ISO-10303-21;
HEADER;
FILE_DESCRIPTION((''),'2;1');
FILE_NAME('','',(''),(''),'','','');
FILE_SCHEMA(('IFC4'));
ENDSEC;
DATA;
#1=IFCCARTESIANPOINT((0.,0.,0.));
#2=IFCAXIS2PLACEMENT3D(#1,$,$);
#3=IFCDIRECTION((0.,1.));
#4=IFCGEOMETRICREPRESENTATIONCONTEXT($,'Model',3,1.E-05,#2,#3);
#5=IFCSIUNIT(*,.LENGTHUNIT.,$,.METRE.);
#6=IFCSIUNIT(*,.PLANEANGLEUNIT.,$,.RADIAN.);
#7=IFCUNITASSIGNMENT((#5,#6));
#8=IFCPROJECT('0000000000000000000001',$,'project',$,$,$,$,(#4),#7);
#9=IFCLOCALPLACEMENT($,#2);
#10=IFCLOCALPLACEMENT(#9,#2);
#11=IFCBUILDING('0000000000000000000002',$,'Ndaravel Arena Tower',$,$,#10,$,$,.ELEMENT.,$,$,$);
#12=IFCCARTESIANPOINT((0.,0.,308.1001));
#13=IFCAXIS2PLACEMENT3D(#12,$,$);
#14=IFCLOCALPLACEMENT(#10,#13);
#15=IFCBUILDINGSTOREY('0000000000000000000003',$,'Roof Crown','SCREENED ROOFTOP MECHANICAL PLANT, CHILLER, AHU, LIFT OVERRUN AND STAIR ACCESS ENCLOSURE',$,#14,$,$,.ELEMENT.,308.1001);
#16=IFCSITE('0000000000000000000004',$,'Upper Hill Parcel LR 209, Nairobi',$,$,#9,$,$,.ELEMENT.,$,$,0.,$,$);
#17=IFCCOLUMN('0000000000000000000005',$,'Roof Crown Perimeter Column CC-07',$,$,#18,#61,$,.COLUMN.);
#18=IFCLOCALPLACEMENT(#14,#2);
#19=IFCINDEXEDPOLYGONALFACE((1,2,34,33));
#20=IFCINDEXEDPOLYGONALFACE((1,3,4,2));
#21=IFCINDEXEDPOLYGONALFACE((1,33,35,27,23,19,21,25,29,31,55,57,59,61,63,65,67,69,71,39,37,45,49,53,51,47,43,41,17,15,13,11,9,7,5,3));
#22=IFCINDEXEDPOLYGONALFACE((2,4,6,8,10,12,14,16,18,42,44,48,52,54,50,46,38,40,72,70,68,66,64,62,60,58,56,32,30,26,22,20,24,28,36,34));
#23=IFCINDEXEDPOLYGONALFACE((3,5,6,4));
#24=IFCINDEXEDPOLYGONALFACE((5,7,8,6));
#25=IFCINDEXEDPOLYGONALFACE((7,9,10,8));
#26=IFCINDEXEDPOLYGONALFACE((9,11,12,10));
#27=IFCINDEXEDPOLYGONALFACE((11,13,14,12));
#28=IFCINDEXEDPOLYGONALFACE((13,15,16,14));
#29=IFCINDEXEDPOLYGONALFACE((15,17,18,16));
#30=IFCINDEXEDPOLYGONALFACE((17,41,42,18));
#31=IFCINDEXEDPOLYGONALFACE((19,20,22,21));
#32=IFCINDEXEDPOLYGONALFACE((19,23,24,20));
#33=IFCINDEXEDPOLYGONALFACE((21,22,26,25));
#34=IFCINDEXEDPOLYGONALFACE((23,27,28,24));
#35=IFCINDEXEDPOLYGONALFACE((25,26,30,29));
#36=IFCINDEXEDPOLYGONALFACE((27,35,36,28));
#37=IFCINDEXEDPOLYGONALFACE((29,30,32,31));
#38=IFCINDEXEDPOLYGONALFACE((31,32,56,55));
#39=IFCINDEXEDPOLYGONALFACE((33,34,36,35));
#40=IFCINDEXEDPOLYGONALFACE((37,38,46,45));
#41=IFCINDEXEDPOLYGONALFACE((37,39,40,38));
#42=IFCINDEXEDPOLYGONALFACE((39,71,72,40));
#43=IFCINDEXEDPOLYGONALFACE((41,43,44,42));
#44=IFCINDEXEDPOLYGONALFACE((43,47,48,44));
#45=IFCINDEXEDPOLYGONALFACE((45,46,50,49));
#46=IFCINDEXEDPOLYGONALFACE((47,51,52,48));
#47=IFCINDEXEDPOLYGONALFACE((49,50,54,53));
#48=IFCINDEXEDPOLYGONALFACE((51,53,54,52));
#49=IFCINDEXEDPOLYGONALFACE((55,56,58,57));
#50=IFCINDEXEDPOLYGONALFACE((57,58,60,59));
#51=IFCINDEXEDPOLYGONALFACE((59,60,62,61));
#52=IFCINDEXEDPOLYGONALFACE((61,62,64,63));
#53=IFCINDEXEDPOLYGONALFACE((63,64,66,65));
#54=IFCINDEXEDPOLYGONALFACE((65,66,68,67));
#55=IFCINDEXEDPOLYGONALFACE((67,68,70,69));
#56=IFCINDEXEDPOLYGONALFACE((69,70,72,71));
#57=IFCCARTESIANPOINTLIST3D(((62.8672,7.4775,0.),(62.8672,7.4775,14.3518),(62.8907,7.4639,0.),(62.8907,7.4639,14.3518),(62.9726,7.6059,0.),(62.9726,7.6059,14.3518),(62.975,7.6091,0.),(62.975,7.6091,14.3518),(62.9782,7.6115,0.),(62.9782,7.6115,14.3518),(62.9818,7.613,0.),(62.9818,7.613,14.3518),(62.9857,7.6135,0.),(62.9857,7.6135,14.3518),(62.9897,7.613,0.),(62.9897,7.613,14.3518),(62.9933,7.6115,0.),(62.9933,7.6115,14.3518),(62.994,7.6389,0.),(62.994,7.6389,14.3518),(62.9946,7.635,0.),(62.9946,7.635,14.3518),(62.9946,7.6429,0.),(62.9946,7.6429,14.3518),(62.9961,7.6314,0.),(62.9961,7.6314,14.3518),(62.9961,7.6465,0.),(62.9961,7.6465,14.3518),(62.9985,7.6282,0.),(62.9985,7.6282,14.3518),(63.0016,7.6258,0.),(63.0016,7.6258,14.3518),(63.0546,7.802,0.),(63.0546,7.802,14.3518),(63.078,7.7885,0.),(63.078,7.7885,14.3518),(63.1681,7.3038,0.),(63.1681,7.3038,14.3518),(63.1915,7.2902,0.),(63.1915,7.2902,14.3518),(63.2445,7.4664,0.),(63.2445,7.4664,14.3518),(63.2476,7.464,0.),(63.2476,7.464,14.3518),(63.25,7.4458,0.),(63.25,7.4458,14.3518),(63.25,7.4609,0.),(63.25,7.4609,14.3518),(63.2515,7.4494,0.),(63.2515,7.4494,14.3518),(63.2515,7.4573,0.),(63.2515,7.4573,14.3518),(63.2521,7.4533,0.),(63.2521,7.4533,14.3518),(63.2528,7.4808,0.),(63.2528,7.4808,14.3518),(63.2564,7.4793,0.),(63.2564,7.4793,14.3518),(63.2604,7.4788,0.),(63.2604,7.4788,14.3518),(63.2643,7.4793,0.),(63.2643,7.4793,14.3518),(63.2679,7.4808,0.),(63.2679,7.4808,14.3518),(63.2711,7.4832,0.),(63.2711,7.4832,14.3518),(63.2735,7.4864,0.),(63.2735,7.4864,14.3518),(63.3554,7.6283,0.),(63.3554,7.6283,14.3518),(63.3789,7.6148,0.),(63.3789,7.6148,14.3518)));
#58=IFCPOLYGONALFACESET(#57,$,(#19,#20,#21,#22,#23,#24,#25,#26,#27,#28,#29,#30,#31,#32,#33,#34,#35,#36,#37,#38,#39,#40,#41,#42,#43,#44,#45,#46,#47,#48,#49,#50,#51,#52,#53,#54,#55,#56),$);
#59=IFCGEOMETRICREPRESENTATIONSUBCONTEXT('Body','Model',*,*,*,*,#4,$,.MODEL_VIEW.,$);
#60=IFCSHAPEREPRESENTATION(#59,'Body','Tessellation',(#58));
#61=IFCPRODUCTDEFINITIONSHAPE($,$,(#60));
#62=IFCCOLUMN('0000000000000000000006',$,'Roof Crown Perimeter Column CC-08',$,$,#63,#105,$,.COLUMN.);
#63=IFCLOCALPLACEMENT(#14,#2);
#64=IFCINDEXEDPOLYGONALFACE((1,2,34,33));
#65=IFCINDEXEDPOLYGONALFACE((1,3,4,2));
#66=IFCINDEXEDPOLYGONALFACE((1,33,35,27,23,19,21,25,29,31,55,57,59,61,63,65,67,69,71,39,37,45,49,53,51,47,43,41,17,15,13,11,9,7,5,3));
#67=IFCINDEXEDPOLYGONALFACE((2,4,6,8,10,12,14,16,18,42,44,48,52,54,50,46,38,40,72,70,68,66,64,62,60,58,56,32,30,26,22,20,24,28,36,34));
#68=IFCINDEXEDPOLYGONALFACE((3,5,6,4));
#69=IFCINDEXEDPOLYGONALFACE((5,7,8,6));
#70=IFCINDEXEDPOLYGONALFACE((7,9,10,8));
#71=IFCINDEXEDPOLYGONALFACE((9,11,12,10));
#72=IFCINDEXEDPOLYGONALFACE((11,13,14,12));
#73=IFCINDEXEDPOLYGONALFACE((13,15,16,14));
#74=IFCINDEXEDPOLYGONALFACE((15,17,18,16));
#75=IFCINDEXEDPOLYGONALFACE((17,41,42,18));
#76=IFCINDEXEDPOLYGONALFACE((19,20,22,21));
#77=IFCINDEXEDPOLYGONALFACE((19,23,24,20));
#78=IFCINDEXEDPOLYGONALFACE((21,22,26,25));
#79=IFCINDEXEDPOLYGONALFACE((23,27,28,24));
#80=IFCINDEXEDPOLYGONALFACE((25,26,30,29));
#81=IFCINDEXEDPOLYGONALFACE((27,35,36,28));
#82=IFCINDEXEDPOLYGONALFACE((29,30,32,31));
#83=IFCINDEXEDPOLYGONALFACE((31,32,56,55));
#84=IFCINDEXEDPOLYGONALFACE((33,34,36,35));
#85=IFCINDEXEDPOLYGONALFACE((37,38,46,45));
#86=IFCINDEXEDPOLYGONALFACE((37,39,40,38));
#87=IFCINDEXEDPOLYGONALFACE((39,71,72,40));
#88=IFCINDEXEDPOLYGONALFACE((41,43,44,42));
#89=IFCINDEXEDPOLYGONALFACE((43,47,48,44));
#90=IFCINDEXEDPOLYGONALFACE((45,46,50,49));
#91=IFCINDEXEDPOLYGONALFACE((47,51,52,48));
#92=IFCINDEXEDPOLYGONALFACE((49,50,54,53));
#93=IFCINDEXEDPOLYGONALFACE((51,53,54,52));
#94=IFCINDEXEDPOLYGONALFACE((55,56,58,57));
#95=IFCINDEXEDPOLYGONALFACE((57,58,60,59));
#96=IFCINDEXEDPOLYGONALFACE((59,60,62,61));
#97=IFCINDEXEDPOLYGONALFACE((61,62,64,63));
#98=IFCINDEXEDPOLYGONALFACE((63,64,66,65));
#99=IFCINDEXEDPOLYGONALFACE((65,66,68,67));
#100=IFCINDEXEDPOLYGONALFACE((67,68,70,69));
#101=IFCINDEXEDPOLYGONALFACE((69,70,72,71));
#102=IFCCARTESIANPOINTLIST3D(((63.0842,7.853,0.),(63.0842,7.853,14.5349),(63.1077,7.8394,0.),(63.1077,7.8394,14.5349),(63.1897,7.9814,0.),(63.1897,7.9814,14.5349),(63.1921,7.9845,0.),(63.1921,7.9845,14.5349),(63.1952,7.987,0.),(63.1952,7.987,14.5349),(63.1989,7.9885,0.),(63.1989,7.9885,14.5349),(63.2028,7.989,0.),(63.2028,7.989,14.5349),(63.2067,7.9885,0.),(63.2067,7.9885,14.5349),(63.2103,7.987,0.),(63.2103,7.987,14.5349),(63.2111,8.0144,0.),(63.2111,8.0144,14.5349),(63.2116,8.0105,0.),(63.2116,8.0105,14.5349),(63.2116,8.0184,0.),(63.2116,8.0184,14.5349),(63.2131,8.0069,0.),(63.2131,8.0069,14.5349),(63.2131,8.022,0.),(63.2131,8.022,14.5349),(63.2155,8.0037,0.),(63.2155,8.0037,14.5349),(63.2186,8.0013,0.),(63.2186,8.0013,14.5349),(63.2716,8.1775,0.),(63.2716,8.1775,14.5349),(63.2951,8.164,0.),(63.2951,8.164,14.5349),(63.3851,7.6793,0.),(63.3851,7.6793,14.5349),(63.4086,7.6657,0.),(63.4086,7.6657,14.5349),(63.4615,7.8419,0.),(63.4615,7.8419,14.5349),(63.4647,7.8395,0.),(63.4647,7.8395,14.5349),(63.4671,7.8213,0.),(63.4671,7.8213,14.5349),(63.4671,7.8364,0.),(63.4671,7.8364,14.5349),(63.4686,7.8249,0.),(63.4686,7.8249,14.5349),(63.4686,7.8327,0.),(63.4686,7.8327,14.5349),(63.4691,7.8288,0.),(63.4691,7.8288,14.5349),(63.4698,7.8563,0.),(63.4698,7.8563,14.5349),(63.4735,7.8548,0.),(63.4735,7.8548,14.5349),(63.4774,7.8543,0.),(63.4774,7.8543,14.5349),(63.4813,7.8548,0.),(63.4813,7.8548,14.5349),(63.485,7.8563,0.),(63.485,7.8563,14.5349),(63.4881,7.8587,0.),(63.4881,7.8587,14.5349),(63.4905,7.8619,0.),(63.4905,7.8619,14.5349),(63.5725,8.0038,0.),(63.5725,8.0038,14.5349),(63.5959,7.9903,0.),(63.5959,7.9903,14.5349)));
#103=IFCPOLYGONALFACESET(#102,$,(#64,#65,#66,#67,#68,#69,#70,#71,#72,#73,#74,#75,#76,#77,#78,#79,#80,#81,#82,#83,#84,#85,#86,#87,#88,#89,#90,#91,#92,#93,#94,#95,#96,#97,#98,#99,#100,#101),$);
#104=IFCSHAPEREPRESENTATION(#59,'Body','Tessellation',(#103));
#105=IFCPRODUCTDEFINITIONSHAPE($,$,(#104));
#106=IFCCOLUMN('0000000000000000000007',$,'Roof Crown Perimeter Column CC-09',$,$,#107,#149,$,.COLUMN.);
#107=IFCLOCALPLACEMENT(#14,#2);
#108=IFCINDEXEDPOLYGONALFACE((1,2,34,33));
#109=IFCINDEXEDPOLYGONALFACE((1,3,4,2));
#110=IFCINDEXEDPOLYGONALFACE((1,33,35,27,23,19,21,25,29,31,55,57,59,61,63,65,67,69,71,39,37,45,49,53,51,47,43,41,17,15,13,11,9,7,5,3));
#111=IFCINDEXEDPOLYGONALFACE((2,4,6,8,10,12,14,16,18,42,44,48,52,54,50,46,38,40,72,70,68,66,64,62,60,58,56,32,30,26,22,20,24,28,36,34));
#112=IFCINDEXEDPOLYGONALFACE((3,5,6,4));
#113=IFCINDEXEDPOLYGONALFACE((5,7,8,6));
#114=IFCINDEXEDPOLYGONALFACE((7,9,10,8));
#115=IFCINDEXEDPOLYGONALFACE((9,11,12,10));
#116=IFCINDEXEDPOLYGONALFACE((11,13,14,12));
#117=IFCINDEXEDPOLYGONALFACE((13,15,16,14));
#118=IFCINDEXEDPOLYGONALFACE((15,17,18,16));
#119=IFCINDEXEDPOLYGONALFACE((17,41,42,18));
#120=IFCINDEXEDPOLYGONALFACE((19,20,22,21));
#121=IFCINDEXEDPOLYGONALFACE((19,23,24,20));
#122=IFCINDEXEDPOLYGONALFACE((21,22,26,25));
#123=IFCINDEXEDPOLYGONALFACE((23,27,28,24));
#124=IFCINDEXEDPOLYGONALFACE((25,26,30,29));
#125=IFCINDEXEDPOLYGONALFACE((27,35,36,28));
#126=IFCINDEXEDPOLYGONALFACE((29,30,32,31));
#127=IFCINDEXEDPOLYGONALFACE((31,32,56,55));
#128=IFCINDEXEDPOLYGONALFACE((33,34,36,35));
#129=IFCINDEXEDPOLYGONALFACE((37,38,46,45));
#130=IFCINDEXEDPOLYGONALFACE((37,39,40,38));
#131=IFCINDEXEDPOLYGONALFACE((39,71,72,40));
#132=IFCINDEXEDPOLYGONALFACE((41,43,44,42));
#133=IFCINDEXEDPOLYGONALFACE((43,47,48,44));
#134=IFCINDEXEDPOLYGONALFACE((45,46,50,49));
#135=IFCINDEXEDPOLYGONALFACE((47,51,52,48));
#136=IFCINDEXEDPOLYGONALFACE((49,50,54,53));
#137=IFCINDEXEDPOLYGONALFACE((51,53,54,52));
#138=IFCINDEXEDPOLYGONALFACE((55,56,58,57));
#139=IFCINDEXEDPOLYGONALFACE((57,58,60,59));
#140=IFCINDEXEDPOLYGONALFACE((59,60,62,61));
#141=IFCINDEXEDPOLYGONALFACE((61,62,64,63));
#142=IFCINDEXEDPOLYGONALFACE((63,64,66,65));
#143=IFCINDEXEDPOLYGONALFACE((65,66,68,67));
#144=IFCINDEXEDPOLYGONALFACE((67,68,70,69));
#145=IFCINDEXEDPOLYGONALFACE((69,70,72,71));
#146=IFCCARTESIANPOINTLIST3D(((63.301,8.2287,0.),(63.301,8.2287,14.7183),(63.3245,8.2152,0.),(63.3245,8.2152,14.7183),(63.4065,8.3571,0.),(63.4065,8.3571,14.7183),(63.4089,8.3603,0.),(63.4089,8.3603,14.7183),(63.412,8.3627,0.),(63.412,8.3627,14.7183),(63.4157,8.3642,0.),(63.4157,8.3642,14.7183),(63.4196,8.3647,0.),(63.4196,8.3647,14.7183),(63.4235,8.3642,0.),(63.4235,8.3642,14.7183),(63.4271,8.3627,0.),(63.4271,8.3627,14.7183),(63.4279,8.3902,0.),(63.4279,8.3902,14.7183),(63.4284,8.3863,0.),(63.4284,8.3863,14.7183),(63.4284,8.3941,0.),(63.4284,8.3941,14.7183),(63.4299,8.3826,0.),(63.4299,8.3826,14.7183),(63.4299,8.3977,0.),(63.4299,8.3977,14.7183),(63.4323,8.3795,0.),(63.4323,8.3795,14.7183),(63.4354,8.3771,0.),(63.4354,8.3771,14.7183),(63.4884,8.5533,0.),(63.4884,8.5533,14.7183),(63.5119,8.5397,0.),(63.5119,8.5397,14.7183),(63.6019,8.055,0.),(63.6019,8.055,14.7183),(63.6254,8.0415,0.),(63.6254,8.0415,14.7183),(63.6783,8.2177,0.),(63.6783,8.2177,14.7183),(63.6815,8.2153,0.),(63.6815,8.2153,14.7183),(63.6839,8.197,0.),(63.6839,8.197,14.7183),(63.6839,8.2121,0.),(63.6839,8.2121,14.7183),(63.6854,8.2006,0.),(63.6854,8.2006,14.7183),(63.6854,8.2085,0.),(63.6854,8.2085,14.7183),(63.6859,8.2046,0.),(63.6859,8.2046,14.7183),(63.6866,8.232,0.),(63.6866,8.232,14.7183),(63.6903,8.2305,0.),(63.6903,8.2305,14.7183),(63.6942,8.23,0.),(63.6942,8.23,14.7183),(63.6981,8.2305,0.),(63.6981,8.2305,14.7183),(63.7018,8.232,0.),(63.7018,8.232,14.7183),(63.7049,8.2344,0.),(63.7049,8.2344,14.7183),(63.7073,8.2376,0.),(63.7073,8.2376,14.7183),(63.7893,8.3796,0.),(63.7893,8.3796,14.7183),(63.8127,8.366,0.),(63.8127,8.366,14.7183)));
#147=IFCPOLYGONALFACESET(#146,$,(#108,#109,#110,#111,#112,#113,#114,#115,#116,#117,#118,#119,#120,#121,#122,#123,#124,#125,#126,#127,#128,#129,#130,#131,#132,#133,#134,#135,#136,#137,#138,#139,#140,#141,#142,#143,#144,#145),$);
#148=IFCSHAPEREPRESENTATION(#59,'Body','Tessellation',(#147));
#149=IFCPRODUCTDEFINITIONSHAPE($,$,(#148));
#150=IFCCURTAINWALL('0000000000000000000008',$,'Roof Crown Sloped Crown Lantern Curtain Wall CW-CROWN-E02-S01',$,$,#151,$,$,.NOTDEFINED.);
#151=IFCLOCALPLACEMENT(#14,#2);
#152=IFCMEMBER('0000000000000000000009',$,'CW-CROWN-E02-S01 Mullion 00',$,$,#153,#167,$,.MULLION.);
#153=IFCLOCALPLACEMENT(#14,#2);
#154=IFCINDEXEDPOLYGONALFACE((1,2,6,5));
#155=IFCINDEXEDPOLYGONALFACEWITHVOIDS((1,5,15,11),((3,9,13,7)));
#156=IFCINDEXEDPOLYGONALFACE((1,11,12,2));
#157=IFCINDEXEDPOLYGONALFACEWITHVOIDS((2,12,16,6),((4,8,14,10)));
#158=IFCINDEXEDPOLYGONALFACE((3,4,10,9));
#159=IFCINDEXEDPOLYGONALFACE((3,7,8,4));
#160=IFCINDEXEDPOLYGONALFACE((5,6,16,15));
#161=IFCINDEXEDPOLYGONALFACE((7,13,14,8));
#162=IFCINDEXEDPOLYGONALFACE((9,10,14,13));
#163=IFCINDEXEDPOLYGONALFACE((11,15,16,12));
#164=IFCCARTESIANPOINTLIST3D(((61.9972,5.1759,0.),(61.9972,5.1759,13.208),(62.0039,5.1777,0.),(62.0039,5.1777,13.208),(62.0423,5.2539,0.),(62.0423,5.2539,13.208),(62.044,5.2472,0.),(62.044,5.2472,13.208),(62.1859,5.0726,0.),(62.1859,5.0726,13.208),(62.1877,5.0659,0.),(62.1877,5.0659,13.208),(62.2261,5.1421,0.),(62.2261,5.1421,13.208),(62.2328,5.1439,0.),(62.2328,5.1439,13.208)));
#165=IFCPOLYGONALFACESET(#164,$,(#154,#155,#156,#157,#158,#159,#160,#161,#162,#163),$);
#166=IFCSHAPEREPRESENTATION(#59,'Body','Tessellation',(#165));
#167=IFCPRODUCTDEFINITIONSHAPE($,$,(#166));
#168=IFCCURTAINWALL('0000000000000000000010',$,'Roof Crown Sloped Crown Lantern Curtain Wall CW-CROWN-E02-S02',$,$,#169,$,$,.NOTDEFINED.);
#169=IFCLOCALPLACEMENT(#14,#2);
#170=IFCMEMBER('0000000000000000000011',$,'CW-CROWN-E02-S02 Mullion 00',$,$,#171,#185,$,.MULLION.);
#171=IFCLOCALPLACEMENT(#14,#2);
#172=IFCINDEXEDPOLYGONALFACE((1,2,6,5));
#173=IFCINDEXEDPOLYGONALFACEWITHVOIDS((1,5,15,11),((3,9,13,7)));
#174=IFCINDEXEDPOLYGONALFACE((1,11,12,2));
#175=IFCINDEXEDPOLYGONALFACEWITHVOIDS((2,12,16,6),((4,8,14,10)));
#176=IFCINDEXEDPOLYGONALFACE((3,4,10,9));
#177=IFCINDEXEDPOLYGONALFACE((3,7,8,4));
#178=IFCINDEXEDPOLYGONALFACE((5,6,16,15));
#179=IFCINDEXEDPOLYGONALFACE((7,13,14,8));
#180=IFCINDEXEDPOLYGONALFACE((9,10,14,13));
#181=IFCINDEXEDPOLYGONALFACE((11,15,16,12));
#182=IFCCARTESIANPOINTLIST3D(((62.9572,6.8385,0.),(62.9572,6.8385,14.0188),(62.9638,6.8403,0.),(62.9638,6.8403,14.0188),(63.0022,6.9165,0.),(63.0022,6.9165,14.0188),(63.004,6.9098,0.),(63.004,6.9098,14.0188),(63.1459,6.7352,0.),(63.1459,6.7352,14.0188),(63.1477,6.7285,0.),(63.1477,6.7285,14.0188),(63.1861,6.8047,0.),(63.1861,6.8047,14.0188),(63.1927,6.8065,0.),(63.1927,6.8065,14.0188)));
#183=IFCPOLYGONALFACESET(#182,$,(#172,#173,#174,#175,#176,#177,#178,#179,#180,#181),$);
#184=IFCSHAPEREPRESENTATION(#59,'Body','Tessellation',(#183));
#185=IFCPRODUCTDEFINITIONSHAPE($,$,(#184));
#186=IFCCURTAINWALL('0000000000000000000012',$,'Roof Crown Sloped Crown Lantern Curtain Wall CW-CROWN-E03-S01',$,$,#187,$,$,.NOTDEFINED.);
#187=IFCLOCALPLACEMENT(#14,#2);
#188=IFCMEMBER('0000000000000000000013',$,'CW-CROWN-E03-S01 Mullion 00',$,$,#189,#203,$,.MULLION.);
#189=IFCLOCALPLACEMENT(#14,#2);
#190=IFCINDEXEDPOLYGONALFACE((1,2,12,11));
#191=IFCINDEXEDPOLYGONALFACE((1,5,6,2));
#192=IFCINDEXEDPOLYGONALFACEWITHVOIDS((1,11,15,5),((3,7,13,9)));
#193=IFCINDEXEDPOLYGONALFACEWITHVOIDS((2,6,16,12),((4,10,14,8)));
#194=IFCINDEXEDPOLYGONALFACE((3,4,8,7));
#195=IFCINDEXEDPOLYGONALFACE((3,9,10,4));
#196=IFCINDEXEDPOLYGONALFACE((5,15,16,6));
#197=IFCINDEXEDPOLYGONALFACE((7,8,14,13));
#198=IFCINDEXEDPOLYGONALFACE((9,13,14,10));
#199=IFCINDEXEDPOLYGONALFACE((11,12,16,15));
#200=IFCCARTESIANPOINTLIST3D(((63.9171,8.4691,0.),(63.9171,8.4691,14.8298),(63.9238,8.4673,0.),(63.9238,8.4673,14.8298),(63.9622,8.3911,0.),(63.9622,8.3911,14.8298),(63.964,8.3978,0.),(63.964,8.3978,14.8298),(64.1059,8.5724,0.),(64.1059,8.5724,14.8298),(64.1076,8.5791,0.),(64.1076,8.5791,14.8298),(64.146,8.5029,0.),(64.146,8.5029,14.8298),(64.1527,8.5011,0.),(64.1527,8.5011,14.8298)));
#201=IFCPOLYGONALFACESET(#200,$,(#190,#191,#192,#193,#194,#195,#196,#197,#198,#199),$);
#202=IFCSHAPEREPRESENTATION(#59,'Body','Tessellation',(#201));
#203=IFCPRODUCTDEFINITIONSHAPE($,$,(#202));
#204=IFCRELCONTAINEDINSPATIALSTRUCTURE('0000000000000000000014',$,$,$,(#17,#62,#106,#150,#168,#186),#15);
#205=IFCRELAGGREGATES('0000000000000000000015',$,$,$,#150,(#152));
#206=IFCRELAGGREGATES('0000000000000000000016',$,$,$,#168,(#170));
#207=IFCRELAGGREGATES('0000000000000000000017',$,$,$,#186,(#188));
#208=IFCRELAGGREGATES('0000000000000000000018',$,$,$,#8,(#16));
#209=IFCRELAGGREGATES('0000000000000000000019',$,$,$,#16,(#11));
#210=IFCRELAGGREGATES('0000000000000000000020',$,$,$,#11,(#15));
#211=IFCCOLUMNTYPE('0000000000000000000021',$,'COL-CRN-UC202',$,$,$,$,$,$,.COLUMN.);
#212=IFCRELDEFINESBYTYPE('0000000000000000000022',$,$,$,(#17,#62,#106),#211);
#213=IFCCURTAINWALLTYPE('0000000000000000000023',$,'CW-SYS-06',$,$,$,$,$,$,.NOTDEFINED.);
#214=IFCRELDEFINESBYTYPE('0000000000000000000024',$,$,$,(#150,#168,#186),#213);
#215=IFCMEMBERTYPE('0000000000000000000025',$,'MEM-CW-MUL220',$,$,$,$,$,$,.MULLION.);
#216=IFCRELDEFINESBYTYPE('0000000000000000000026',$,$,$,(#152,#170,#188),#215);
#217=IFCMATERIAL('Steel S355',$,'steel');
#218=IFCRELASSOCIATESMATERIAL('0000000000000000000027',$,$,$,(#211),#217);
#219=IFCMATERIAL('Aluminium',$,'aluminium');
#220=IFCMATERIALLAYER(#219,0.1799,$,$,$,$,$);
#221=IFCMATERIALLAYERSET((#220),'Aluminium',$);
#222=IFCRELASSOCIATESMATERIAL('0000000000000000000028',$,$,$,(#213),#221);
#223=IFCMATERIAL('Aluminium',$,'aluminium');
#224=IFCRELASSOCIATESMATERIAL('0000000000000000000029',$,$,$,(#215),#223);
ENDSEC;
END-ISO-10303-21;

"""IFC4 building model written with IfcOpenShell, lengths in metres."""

from ifc_helpers import new_model, si_unit, direction, frame, origin, origin_2d, place, context, subcontext, project, spatial, hollow_rectangle, i_section, extrude, material, layer, layer_set, material_profile, profile_set, type_object, element, aggregate, save


model = new_model("IFC4")

# Units and contexts
model_context = context("Model", 3, precision=1e-05, world=origin(), true_north=direction((0.0, 1.0)))
body_context = subcontext(model_context, "Body", "Model", "MODEL_VIEW")
ifc_project = project(units=[si_unit("LENGTHUNIT", "METRE"), si_unit("PLANEANGLEUNIT", "RADIAN")], contexts=[model_context])

# Site, building, storey
site_placement = place(None, origin())
site = spatial("IfcSite", under=ifc_project, at=site_placement, Name="Upper Hill Parcel LR 209, Nairobi", CompositionType="ELEMENT", RefElevation=0.0)
building_placement = place(site_placement, origin())
building = spatial("IfcBuilding", under=site, at=building_placement, Name="Ndaravel Arena Tower", CompositionType="ELEMENT")
storey_placement = place(building_placement, frame((0.0, 0.0, 308.1001)))
storey = spatial("IfcBuildingStorey", under=building, at=storey_placement, Name="Roof Crown", Description="SCREENED ROOFTOP MECHANICAL PLANT, CHILLER, AHU, LIFT OVERRUN AND STAIR ACCESS ENCLOSURE", CompositionType="ELEMENT", Elevation=308.1001)

# Columns
ifc_material_1 = material(Name="Steel S355", Category="steel")
ifc_material_profile_1 = material_profile(ifc_material_1, i_section(OverallWidth=0.3748, OverallDepth=0.3745, WebThickness=0.0166, FlangeThickness=0.0271, FilletRadius=0.0151, at=origin_2d()), Name="UC 356x368x202")
ifc_profile_set_1 = profile_set([ifc_material_profile_1], Name="Steel S355")
column_type = type_object("IfcColumnType", Name="COL-CRN-UC202", PredefinedType="COLUMN", material=ifc_profile_set_1)
column_1_placement = place(storey_placement, frame((63.123, 7.5461, 0.0), z_axis=(0.0, 0.0, 1.0), x_axis=(0.5, 0.866025, 0.0)))
element("IfcColumn", 1, at=column_1_placement, inside=storey, type_object=column_type, Name="Roof Crown Perimeter Column CC-07", PredefinedType="COLUMN", context=body_context, shape_type="SweptSolid", body=[
    extrude(i_section(OverallWidth=0.3748, OverallDepth=0.3745, WebThickness=0.0166, FlangeThickness=0.0271, FilletRadius=0.0151, at=origin_2d()), origin(), (0.0, 0.0, 1.0), 14.3518),
])
column_2_placement = place(storey_placement, frame((63.3401, 7.9216, 0.0), z_axis=(0.0, 0.0, 1.0), x_axis=(0.5, 0.866025, 0.0)))
element("IfcColumn", 2, at=column_2_placement, inside=storey, type_object=column_type, Name="Roof Crown Perimeter Column CC-08", PredefinedType="COLUMN", context=body_context, shape_type="SweptSolid", body=[
    extrude(i_section(OverallWidth=0.3748, OverallDepth=0.3745, WebThickness=0.0166, FlangeThickness=0.0271, FilletRadius=0.0151, at=origin_2d()), origin(), (0.0, 0.0, 1.0), 14.5349),
])
column_3_placement = place(storey_placement, frame((63.5569, 8.2974, 0.0), z_axis=(0.0, 0.0, 1.0), x_axis=(0.5, 0.866025, 0.0)))
element("IfcColumn", 3, at=column_3_placement, inside=storey, type_object=column_type, Name="Roof Crown Perimeter Column CC-09", PredefinedType="COLUMN", context=body_context, shape_type="SweptSolid", body=[
    extrude(i_section(OverallWidth=0.3748, OverallDepth=0.3745, WebThickness=0.0166, FlangeThickness=0.0271, FilletRadius=0.0151, at=origin_2d()), origin(), (0.0, 0.0, 1.0), 14.7183),
])

# Curtain walls, members
ifc_material_2 = material(Name="Aluminium", Category="aluminium")
ifc_layer_1 = layer(ifc_material_2, 0.1799)
ifc_layer_set_1 = layer_set([ifc_layer_1], Name="Aluminium")
curtain_wall_type = type_object("IfcCurtainWallType", Name="CW-SYS-06", PredefinedType="NOTDEFINED", material=ifc_layer_set_1)
curtain_wall_1_placement = place(storey_placement, origin())
curtain_wall_1 = element("IfcCurtainWall", 4, at=curtain_wall_1_placement, inside=storey, type_object=curtain_wall_type, Name="Roof Crown Sloped Crown Lantern Curtain Wall CW-CROWN-E02-S01", PredefinedType="NOTDEFINED")
ifc_material_3 = material(Name="Aluminium", Category="aluminium")
ifc_material_profile_2 = material_profile(ifc_material_3, hollow_rectangle(XDim=0.0901, YDim=0.22, WallThickness=0.0049, at=origin_2d()), Name="CW MULLION 90x220x5")
ifc_profile_set_2 = profile_set([ifc_material_profile_2], Name="Aluminium")
member_type_1 = type_object("IfcMemberType", Name="MEM-CW-MUL220", PredefinedType="MULLION", material=ifc_profile_set_2)
member_1_placement = place(storey_placement, frame((62.115, 5.1599, 0.0), z_axis=(0.0, 0.0, 1.0), x_axis=(0.5, 0.866025, 0.0)))
member_1 = element("IfcMember", 5, at=member_1_placement, type_object=member_type_1, Name="CW-CROWN-E02-S01 Mullion 00", PredefinedType="MULLION", context=body_context, shape_type="SweptSolid", body=[
    extrude(hollow_rectangle(XDim=0.0901, YDim=0.22, WallThickness=0.0049, at=origin_2d()), origin(), (0.0, 0.0, 1.0), 13.208),
])
curtain_wall_2_placement = place(storey_placement, origin())
curtain_wall_2 = element("IfcCurtainWall", 6, at=curtain_wall_2_placement, inside=storey, type_object=curtain_wall_type, Name="Roof Crown Sloped Crown Lantern Curtain Wall CW-CROWN-E02-S02", PredefinedType="NOTDEFINED")
member_2_placement = place(storey_placement, frame((63.075, 6.8225, 0.0), z_axis=(0.0, 0.0, 1.0), x_axis=(0.5, 0.866025, 0.0)))
member_2 = element("IfcMember", 7, at=member_2_placement, type_object=member_type_1, Name="CW-CROWN-E02-S02 Mullion 00", PredefinedType="MULLION", context=body_context, shape_type="SweptSolid", body=[
    extrude(hollow_rectangle(XDim=0.0901, YDim=0.22, WallThickness=0.0049, at=origin_2d()), origin(), (0.0, 0.0, 1.0), 14.0188),
])
curtain_wall_3_placement = place(storey_placement, origin())
curtain_wall_3 = element("IfcCurtainWall", 8, at=curtain_wall_3_placement, inside=storey, type_object=curtain_wall_type, Name="Roof Crown Sloped Crown Lantern Curtain Wall CW-CROWN-E03-S01", PredefinedType="NOTDEFINED")
member_3_placement = place(storey_placement, frame((64.0349, 8.4851, 0.0), z_axis=(0.0, 0.0, 1.0), x_axis=(-0.499985, 0.866034, 0.0)))
member_3 = element("IfcMember", 9, at=member_3_placement, type_object=member_type_1, Name="CW-CROWN-E03-S01 Mullion 00", PredefinedType="MULLION", context=body_context, shape_type="SweptSolid", body=[
    extrude(hollow_rectangle(XDim=0.0901, YDim=0.22, WallThickness=0.0049, at=origin_2d()), origin(), (0.0, 0.0, 1.0), 14.8298),
])

aggregate(curtain_wall_1, [member_1])
aggregate(curtain_wall_2, [member_2])
aggregate(curtain_wall_3, [member_3])

save(model, "model.ifc")
